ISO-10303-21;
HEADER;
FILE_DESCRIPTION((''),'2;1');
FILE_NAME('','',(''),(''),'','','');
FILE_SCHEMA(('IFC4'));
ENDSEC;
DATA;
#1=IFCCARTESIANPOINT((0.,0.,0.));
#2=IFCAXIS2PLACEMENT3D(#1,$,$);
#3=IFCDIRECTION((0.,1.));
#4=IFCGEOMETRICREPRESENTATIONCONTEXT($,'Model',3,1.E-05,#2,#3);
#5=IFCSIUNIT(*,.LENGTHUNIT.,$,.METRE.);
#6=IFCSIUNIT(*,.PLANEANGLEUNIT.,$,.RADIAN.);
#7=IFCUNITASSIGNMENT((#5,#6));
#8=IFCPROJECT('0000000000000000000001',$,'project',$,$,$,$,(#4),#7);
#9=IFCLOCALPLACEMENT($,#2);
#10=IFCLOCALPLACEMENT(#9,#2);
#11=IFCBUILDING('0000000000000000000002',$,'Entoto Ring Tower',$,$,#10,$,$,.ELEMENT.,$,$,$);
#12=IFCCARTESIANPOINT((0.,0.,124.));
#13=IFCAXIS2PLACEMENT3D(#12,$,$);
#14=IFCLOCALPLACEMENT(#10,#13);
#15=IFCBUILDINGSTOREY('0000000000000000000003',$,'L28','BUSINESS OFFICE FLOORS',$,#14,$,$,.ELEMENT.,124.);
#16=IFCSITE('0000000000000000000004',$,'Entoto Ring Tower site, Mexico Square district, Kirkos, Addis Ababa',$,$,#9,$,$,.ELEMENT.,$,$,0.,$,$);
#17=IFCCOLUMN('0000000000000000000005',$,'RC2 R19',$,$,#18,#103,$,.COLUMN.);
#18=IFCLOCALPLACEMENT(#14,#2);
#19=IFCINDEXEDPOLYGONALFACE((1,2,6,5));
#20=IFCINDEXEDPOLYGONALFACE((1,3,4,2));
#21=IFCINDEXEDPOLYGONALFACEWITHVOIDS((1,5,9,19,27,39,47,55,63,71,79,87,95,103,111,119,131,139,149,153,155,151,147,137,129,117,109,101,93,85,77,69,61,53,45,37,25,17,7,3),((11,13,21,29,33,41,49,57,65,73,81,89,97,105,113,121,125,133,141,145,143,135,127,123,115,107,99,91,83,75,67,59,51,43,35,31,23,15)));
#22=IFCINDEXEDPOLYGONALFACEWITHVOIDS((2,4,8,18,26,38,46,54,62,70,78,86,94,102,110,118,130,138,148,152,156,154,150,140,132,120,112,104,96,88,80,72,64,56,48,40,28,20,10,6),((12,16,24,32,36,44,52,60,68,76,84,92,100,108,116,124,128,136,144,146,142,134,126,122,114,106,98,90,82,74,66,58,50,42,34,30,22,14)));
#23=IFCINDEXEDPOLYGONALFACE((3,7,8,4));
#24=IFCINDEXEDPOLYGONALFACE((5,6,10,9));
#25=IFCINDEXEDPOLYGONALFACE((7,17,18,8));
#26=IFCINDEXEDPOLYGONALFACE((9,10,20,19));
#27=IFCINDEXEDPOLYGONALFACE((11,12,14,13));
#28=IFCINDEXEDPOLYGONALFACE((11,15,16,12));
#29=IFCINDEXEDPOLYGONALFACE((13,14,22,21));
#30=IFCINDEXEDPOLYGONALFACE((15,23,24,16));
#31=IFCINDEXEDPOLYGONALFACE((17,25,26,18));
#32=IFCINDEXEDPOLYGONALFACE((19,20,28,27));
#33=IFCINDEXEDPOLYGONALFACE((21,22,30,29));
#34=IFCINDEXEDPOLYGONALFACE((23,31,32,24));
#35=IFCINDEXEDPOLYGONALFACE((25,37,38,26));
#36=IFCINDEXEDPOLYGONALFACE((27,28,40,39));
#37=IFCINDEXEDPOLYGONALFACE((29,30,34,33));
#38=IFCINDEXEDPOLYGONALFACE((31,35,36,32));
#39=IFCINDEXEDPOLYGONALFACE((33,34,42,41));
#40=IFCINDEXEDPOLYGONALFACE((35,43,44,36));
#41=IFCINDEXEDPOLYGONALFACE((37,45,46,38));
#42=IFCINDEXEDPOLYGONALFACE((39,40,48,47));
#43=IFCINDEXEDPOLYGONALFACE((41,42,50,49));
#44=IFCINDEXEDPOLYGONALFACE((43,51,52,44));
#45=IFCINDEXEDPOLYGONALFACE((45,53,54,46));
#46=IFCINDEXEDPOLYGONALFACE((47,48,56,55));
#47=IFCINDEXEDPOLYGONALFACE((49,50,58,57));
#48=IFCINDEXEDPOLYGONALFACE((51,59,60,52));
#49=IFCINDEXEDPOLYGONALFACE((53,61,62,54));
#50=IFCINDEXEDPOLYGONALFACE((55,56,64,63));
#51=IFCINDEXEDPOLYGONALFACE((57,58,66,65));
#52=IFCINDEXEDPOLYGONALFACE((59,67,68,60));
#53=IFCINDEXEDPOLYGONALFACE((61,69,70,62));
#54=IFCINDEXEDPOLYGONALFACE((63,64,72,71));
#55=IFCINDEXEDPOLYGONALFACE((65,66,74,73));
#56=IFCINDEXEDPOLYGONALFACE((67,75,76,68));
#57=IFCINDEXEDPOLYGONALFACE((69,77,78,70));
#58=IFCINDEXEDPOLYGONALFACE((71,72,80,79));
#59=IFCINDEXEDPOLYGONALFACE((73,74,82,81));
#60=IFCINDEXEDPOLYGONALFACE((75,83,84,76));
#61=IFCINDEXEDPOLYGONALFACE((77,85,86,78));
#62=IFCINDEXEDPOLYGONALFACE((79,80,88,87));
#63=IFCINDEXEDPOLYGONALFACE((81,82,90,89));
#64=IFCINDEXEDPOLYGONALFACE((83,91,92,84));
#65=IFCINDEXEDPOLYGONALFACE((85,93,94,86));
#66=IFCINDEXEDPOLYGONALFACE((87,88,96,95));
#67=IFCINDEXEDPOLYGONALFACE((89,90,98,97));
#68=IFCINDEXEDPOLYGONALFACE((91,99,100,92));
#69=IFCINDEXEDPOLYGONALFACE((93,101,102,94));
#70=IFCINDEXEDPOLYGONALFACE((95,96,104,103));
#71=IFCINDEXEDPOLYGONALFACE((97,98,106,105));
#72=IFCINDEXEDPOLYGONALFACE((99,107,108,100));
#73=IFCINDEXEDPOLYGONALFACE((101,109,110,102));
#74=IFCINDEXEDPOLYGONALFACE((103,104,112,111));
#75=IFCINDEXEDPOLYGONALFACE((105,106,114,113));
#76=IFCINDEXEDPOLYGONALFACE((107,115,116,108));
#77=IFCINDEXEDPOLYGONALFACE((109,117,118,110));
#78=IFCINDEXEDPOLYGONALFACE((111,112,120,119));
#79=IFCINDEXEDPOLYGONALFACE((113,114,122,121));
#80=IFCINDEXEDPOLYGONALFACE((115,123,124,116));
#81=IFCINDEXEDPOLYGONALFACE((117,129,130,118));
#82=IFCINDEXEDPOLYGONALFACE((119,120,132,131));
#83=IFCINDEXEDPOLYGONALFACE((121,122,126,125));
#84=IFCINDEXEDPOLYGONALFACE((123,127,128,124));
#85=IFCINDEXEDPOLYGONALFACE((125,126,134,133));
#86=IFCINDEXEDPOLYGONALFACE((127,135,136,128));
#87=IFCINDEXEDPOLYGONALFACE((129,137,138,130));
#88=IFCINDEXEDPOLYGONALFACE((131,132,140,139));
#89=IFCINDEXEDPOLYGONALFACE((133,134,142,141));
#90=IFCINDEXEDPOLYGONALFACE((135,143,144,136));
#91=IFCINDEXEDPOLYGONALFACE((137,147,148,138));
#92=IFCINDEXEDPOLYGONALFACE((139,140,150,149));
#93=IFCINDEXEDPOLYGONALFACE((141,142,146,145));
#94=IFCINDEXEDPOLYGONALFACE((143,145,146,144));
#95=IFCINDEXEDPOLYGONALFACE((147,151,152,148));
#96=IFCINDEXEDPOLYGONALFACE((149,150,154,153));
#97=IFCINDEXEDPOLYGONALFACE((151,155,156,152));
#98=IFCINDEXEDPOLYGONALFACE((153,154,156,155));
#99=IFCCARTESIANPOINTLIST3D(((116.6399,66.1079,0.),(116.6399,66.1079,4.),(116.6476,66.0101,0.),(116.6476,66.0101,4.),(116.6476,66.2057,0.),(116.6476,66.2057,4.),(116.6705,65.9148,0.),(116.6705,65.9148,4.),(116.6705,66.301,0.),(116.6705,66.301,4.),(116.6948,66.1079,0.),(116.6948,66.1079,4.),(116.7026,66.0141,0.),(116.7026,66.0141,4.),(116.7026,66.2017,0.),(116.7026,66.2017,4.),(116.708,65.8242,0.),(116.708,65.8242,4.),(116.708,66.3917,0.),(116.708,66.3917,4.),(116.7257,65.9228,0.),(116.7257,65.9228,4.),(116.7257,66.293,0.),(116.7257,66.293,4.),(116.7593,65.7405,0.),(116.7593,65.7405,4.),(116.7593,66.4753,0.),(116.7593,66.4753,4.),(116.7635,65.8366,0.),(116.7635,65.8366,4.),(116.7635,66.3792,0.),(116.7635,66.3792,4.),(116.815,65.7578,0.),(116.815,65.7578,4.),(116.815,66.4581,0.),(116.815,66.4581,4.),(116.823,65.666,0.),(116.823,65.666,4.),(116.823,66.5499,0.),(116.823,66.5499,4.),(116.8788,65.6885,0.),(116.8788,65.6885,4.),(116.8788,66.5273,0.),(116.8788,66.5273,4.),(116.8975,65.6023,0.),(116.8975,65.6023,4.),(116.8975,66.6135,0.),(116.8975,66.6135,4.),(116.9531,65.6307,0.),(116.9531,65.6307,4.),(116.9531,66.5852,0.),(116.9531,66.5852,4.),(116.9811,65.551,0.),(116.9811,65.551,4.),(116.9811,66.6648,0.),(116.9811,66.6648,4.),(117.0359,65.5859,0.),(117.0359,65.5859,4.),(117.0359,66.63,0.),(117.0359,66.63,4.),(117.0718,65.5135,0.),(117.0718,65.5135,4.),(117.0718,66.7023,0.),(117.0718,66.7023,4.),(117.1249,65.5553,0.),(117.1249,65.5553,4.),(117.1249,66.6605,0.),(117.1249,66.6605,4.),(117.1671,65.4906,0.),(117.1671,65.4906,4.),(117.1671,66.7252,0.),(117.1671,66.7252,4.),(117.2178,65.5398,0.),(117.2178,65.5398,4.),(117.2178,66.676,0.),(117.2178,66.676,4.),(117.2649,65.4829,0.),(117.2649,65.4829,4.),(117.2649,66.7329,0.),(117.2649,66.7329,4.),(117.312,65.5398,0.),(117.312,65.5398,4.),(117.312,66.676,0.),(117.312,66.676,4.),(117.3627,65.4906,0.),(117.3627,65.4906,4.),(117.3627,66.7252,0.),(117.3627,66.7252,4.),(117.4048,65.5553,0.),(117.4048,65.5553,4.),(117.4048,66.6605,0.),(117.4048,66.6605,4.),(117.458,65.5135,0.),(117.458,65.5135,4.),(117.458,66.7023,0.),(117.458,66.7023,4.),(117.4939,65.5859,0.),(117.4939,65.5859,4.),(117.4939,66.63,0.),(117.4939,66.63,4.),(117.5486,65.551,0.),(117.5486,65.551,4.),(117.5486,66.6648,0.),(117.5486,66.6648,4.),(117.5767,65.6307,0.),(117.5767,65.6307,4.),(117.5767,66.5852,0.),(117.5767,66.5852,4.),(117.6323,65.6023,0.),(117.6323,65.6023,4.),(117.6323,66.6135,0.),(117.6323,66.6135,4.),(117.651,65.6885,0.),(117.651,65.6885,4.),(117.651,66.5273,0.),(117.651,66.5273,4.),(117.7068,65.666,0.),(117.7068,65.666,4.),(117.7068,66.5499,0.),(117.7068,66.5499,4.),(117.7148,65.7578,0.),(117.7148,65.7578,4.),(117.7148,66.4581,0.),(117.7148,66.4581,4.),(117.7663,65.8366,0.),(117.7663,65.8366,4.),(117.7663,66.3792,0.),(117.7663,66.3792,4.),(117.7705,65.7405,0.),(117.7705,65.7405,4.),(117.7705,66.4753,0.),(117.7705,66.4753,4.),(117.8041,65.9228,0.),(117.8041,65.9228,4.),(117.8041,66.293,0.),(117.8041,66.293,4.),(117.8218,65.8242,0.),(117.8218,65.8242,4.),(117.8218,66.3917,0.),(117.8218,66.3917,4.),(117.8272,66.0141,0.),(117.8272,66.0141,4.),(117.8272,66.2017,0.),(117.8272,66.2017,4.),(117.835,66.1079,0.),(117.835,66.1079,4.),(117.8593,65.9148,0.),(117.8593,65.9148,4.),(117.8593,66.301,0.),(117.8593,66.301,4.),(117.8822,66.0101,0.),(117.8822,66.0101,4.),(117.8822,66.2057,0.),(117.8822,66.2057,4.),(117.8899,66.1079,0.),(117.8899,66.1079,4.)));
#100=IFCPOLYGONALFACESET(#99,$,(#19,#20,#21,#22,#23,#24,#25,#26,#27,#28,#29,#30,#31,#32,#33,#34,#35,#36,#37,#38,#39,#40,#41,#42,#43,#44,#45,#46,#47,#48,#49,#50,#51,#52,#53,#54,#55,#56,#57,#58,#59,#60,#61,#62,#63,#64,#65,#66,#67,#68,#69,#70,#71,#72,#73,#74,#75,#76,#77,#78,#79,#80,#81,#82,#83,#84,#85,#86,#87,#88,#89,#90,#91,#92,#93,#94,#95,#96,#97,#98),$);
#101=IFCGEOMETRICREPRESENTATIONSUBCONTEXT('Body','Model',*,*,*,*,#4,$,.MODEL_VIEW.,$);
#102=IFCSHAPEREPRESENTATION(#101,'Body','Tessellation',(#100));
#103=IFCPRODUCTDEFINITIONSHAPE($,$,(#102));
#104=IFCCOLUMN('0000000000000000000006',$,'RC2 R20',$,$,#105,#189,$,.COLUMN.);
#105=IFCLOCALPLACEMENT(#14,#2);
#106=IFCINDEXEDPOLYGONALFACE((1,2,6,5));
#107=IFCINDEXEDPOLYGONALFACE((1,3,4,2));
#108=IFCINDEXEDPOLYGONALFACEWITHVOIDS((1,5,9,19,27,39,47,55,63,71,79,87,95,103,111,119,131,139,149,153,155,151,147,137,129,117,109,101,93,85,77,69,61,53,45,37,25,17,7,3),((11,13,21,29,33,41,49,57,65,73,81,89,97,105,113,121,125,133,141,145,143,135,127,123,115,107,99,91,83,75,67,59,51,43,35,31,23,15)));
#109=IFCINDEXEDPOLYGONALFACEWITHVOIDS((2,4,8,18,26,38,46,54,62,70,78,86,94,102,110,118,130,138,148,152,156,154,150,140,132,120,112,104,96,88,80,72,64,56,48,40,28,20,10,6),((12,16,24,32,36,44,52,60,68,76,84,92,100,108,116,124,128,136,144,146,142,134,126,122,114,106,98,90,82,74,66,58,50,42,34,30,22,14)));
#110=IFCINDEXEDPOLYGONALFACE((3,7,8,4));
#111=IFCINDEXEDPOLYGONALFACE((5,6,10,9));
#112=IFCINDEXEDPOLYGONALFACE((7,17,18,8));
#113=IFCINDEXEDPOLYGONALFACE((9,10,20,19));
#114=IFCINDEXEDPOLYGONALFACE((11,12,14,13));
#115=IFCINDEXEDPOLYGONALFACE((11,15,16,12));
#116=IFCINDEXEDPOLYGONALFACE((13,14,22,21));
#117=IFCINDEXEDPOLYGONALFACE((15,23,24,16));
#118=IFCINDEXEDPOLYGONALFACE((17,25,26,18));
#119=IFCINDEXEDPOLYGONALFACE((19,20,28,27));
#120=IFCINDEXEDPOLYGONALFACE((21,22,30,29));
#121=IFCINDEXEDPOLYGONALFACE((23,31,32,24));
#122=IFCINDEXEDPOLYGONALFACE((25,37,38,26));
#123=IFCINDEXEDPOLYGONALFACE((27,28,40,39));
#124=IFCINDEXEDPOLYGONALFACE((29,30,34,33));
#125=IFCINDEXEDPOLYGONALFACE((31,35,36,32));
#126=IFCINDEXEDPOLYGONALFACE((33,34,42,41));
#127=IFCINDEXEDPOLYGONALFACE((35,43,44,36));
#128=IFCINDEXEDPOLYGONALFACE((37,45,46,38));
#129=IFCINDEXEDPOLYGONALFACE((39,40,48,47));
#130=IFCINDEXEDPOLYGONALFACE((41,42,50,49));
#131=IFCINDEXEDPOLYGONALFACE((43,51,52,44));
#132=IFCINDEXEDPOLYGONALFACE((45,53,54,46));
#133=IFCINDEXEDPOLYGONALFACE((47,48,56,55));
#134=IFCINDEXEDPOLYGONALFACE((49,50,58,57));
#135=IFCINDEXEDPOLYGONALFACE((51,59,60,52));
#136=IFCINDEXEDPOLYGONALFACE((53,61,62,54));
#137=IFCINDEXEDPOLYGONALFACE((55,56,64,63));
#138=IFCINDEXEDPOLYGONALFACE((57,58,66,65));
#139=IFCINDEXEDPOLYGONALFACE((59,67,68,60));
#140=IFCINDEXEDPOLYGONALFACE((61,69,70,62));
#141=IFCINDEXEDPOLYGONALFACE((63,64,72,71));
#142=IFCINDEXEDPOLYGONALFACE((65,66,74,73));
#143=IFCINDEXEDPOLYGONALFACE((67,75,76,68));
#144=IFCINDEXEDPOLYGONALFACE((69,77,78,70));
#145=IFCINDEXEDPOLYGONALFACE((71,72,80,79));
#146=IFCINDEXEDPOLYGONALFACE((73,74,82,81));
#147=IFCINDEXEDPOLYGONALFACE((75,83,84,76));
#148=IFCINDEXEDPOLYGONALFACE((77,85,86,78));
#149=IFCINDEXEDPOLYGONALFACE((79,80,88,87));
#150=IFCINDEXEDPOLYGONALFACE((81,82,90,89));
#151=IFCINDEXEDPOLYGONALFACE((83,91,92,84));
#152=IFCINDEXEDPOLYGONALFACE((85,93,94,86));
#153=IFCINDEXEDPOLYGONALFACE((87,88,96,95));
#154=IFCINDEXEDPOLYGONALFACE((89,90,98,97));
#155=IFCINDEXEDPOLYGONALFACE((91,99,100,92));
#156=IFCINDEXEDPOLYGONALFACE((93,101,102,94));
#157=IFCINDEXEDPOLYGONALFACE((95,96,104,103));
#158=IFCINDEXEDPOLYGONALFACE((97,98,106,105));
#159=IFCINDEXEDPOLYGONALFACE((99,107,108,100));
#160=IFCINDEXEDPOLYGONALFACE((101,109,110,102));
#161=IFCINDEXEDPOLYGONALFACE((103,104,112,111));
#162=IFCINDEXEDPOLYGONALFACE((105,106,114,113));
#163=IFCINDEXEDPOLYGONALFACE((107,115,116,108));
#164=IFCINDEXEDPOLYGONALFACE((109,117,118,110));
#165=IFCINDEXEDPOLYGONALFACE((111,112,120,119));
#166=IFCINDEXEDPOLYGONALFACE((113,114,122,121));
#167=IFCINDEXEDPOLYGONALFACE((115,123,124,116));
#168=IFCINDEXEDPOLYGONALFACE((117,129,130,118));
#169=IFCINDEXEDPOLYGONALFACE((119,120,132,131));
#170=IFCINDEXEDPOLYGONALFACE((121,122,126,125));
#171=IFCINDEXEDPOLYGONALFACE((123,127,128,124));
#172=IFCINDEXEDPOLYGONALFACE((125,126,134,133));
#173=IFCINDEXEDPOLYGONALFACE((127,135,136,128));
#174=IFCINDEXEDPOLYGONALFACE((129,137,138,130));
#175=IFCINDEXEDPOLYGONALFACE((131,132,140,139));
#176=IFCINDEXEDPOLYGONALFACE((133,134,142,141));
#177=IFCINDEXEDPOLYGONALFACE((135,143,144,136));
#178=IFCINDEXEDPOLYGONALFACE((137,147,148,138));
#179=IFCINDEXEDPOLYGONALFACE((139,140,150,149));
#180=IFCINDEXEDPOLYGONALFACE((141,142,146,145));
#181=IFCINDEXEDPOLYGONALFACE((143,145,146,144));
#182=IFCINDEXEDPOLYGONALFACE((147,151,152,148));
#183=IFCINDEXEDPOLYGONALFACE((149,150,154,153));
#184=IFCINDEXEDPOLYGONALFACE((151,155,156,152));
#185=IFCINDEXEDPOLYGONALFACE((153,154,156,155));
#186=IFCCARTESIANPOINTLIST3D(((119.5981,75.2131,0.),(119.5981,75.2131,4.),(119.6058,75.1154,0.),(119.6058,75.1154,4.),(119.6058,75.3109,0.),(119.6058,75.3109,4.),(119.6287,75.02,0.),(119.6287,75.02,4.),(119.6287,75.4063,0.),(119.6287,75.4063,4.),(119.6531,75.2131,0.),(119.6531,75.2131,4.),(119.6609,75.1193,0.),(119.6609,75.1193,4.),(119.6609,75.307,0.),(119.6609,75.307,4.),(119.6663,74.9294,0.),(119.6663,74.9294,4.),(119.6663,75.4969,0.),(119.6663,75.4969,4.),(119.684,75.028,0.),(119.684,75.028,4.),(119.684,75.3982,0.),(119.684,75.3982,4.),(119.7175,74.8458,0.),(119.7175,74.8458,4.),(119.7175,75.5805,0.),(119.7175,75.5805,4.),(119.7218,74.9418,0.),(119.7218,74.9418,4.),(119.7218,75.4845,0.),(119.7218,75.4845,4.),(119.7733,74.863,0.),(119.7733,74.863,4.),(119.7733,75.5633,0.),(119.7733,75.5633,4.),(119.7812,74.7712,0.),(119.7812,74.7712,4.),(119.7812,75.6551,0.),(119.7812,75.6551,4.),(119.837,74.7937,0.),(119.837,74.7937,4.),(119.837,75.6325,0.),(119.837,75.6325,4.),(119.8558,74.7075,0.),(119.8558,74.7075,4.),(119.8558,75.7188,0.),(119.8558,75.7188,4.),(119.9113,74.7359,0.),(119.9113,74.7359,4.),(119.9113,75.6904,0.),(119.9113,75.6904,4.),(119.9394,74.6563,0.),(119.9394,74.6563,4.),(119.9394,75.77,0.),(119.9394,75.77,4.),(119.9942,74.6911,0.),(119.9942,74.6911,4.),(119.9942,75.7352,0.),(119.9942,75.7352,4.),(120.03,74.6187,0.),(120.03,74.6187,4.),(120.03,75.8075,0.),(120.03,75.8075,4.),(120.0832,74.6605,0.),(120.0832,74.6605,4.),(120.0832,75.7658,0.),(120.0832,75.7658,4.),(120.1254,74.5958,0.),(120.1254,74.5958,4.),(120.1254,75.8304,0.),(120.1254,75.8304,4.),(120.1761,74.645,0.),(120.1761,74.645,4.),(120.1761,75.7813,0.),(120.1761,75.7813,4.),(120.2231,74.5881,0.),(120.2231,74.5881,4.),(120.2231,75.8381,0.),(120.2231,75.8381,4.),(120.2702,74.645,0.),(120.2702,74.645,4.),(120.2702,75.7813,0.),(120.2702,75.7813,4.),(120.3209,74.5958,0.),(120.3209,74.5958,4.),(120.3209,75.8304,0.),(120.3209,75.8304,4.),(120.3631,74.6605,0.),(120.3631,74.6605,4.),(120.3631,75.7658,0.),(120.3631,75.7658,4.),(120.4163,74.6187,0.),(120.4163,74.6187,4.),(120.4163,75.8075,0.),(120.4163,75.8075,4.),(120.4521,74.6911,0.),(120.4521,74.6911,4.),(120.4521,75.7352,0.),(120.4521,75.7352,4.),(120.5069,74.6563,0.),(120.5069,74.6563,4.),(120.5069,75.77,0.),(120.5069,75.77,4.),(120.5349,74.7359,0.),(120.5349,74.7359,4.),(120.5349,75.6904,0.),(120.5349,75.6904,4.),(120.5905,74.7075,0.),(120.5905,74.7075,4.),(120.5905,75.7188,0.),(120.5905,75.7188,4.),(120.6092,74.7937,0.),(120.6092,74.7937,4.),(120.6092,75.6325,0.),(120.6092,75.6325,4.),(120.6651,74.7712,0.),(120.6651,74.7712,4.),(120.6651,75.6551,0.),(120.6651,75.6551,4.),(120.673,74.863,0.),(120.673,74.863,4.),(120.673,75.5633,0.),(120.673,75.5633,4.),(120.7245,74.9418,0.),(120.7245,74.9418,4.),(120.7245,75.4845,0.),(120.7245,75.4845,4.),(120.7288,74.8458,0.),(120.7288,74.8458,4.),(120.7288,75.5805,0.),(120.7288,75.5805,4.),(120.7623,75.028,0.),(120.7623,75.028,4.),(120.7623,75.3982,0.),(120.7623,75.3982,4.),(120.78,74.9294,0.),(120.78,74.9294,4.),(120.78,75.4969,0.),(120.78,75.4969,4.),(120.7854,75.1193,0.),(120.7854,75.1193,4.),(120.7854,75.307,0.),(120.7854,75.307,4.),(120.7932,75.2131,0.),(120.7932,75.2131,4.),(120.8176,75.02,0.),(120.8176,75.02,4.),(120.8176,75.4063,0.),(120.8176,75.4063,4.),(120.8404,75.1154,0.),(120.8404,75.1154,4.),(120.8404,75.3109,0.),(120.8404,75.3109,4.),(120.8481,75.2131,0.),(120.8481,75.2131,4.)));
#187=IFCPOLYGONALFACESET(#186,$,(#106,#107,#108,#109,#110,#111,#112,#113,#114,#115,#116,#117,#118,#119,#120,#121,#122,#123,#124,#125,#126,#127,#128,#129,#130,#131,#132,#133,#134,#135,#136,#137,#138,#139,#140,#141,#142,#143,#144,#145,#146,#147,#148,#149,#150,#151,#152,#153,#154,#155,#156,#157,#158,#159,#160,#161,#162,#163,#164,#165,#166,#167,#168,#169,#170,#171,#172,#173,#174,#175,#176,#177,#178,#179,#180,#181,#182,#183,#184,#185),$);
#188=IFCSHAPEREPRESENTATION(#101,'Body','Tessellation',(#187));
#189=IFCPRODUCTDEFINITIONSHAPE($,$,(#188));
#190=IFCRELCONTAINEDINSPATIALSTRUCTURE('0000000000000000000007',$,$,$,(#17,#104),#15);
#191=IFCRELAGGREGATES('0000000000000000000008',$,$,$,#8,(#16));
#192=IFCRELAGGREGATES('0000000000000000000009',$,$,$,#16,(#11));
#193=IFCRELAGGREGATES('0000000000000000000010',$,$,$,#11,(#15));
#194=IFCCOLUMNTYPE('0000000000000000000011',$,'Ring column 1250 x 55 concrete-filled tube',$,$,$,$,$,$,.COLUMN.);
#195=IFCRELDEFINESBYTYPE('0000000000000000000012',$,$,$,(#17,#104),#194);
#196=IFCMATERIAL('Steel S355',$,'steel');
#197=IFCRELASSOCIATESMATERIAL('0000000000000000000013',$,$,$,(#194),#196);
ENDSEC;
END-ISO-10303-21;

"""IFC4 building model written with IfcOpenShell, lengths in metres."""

from ifc_helpers import new_model, si_unit, direction, frame, origin, origin_2d, place, context, subcontext, project, spatial, circle, hollow_circle, extrude, material, material_profile, profile_set, type_object, element, save


model = new_model("IFC4")

# Units and contexts
model_context = context("Model", 3, precision=1e-05, world=origin(), true_north=direction((0.0, 1.0)))
body_context = subcontext(model_context, "Body", "Model", "MODEL_VIEW")
ifc_project = project(units=[si_unit("LENGTHUNIT", "METRE"), si_unit("PLANEANGLEUNIT", "RADIAN")], contexts=[model_context])

# Site, building, storey
site_placement = place(None, origin())
site = spatial("IfcSite", under=ifc_project, at=site_placement, Name="Entoto Ring Tower site, Mexico Square district, Kirkos, Addis Ababa", CompositionType="ELEMENT", RefElevation=0.0)
building_placement = place(site_placement, origin())
building = spatial("IfcBuilding", under=site, at=building_placement, Name="Entoto Ring Tower", CompositionType="ELEMENT")
storey_placement = place(building_placement, frame((0.0, 0.0, 124.0)))
storey = spatial("IfcBuildingStorey", under=building, at=storey_placement, Name="L28", Description="BUSINESS OFFICE FLOORS", CompositionType="ELEMENT", Elevation=124.0)

# Columns
ifc_material_1 = material(Name="Steel S355", Category="steel")
ifc_material_profile_1 = material_profile(ifc_material_1, hollow_circle(Radius=0.625, WallThickness=0.0549, at=origin_2d()), Name="CHS 1250 x 55")
ifc_material_2 = material(Name="Concrete C60/75", Category="concrete")
ifc_material_profile_2 = material_profile(ifc_material_2, circle(Radius=0.5701, at=origin_2d()), Name="Concrete C60/75 infill")
ifc_profile_set_1 = profile_set([ifc_material_profile_1, ifc_material_profile_2], Name="Steel S355")
column_type = type_object("IfcColumnType", Name="Ring column 1250 x 55 concrete-filled tube", PredefinedType="COLUMN", material=ifc_profile_set_1)
for number, where, z_axis, x_axis, name in (
    (1, (117.2649, 66.1079, 0.0), (0.0, 0.0, 1.0), (1.0, 0.0, 0.0), "RC2 R19"),
    (2, (120.2231, 75.2131, 0.0), (0.0, 0.0, 1.0), (1.0, 0.0, 0.0), "RC2 R20"),
):
    element("IfcColumn", number, at=place(storey_placement, frame(where, z_axis=z_axis, x_axis=x_axis)), inside=storey, type_object=column_type, Name=name, PredefinedType="COLUMN", context=body_context, shape_type="SweptSolid", body=[
        extrude(hollow_circle(Radius=0.625, WallThickness=0.0549, at=origin_2d()), origin(), (0.0, 0.0, 1.0), 4.0),
    ])

save(model, "model.ifc")
